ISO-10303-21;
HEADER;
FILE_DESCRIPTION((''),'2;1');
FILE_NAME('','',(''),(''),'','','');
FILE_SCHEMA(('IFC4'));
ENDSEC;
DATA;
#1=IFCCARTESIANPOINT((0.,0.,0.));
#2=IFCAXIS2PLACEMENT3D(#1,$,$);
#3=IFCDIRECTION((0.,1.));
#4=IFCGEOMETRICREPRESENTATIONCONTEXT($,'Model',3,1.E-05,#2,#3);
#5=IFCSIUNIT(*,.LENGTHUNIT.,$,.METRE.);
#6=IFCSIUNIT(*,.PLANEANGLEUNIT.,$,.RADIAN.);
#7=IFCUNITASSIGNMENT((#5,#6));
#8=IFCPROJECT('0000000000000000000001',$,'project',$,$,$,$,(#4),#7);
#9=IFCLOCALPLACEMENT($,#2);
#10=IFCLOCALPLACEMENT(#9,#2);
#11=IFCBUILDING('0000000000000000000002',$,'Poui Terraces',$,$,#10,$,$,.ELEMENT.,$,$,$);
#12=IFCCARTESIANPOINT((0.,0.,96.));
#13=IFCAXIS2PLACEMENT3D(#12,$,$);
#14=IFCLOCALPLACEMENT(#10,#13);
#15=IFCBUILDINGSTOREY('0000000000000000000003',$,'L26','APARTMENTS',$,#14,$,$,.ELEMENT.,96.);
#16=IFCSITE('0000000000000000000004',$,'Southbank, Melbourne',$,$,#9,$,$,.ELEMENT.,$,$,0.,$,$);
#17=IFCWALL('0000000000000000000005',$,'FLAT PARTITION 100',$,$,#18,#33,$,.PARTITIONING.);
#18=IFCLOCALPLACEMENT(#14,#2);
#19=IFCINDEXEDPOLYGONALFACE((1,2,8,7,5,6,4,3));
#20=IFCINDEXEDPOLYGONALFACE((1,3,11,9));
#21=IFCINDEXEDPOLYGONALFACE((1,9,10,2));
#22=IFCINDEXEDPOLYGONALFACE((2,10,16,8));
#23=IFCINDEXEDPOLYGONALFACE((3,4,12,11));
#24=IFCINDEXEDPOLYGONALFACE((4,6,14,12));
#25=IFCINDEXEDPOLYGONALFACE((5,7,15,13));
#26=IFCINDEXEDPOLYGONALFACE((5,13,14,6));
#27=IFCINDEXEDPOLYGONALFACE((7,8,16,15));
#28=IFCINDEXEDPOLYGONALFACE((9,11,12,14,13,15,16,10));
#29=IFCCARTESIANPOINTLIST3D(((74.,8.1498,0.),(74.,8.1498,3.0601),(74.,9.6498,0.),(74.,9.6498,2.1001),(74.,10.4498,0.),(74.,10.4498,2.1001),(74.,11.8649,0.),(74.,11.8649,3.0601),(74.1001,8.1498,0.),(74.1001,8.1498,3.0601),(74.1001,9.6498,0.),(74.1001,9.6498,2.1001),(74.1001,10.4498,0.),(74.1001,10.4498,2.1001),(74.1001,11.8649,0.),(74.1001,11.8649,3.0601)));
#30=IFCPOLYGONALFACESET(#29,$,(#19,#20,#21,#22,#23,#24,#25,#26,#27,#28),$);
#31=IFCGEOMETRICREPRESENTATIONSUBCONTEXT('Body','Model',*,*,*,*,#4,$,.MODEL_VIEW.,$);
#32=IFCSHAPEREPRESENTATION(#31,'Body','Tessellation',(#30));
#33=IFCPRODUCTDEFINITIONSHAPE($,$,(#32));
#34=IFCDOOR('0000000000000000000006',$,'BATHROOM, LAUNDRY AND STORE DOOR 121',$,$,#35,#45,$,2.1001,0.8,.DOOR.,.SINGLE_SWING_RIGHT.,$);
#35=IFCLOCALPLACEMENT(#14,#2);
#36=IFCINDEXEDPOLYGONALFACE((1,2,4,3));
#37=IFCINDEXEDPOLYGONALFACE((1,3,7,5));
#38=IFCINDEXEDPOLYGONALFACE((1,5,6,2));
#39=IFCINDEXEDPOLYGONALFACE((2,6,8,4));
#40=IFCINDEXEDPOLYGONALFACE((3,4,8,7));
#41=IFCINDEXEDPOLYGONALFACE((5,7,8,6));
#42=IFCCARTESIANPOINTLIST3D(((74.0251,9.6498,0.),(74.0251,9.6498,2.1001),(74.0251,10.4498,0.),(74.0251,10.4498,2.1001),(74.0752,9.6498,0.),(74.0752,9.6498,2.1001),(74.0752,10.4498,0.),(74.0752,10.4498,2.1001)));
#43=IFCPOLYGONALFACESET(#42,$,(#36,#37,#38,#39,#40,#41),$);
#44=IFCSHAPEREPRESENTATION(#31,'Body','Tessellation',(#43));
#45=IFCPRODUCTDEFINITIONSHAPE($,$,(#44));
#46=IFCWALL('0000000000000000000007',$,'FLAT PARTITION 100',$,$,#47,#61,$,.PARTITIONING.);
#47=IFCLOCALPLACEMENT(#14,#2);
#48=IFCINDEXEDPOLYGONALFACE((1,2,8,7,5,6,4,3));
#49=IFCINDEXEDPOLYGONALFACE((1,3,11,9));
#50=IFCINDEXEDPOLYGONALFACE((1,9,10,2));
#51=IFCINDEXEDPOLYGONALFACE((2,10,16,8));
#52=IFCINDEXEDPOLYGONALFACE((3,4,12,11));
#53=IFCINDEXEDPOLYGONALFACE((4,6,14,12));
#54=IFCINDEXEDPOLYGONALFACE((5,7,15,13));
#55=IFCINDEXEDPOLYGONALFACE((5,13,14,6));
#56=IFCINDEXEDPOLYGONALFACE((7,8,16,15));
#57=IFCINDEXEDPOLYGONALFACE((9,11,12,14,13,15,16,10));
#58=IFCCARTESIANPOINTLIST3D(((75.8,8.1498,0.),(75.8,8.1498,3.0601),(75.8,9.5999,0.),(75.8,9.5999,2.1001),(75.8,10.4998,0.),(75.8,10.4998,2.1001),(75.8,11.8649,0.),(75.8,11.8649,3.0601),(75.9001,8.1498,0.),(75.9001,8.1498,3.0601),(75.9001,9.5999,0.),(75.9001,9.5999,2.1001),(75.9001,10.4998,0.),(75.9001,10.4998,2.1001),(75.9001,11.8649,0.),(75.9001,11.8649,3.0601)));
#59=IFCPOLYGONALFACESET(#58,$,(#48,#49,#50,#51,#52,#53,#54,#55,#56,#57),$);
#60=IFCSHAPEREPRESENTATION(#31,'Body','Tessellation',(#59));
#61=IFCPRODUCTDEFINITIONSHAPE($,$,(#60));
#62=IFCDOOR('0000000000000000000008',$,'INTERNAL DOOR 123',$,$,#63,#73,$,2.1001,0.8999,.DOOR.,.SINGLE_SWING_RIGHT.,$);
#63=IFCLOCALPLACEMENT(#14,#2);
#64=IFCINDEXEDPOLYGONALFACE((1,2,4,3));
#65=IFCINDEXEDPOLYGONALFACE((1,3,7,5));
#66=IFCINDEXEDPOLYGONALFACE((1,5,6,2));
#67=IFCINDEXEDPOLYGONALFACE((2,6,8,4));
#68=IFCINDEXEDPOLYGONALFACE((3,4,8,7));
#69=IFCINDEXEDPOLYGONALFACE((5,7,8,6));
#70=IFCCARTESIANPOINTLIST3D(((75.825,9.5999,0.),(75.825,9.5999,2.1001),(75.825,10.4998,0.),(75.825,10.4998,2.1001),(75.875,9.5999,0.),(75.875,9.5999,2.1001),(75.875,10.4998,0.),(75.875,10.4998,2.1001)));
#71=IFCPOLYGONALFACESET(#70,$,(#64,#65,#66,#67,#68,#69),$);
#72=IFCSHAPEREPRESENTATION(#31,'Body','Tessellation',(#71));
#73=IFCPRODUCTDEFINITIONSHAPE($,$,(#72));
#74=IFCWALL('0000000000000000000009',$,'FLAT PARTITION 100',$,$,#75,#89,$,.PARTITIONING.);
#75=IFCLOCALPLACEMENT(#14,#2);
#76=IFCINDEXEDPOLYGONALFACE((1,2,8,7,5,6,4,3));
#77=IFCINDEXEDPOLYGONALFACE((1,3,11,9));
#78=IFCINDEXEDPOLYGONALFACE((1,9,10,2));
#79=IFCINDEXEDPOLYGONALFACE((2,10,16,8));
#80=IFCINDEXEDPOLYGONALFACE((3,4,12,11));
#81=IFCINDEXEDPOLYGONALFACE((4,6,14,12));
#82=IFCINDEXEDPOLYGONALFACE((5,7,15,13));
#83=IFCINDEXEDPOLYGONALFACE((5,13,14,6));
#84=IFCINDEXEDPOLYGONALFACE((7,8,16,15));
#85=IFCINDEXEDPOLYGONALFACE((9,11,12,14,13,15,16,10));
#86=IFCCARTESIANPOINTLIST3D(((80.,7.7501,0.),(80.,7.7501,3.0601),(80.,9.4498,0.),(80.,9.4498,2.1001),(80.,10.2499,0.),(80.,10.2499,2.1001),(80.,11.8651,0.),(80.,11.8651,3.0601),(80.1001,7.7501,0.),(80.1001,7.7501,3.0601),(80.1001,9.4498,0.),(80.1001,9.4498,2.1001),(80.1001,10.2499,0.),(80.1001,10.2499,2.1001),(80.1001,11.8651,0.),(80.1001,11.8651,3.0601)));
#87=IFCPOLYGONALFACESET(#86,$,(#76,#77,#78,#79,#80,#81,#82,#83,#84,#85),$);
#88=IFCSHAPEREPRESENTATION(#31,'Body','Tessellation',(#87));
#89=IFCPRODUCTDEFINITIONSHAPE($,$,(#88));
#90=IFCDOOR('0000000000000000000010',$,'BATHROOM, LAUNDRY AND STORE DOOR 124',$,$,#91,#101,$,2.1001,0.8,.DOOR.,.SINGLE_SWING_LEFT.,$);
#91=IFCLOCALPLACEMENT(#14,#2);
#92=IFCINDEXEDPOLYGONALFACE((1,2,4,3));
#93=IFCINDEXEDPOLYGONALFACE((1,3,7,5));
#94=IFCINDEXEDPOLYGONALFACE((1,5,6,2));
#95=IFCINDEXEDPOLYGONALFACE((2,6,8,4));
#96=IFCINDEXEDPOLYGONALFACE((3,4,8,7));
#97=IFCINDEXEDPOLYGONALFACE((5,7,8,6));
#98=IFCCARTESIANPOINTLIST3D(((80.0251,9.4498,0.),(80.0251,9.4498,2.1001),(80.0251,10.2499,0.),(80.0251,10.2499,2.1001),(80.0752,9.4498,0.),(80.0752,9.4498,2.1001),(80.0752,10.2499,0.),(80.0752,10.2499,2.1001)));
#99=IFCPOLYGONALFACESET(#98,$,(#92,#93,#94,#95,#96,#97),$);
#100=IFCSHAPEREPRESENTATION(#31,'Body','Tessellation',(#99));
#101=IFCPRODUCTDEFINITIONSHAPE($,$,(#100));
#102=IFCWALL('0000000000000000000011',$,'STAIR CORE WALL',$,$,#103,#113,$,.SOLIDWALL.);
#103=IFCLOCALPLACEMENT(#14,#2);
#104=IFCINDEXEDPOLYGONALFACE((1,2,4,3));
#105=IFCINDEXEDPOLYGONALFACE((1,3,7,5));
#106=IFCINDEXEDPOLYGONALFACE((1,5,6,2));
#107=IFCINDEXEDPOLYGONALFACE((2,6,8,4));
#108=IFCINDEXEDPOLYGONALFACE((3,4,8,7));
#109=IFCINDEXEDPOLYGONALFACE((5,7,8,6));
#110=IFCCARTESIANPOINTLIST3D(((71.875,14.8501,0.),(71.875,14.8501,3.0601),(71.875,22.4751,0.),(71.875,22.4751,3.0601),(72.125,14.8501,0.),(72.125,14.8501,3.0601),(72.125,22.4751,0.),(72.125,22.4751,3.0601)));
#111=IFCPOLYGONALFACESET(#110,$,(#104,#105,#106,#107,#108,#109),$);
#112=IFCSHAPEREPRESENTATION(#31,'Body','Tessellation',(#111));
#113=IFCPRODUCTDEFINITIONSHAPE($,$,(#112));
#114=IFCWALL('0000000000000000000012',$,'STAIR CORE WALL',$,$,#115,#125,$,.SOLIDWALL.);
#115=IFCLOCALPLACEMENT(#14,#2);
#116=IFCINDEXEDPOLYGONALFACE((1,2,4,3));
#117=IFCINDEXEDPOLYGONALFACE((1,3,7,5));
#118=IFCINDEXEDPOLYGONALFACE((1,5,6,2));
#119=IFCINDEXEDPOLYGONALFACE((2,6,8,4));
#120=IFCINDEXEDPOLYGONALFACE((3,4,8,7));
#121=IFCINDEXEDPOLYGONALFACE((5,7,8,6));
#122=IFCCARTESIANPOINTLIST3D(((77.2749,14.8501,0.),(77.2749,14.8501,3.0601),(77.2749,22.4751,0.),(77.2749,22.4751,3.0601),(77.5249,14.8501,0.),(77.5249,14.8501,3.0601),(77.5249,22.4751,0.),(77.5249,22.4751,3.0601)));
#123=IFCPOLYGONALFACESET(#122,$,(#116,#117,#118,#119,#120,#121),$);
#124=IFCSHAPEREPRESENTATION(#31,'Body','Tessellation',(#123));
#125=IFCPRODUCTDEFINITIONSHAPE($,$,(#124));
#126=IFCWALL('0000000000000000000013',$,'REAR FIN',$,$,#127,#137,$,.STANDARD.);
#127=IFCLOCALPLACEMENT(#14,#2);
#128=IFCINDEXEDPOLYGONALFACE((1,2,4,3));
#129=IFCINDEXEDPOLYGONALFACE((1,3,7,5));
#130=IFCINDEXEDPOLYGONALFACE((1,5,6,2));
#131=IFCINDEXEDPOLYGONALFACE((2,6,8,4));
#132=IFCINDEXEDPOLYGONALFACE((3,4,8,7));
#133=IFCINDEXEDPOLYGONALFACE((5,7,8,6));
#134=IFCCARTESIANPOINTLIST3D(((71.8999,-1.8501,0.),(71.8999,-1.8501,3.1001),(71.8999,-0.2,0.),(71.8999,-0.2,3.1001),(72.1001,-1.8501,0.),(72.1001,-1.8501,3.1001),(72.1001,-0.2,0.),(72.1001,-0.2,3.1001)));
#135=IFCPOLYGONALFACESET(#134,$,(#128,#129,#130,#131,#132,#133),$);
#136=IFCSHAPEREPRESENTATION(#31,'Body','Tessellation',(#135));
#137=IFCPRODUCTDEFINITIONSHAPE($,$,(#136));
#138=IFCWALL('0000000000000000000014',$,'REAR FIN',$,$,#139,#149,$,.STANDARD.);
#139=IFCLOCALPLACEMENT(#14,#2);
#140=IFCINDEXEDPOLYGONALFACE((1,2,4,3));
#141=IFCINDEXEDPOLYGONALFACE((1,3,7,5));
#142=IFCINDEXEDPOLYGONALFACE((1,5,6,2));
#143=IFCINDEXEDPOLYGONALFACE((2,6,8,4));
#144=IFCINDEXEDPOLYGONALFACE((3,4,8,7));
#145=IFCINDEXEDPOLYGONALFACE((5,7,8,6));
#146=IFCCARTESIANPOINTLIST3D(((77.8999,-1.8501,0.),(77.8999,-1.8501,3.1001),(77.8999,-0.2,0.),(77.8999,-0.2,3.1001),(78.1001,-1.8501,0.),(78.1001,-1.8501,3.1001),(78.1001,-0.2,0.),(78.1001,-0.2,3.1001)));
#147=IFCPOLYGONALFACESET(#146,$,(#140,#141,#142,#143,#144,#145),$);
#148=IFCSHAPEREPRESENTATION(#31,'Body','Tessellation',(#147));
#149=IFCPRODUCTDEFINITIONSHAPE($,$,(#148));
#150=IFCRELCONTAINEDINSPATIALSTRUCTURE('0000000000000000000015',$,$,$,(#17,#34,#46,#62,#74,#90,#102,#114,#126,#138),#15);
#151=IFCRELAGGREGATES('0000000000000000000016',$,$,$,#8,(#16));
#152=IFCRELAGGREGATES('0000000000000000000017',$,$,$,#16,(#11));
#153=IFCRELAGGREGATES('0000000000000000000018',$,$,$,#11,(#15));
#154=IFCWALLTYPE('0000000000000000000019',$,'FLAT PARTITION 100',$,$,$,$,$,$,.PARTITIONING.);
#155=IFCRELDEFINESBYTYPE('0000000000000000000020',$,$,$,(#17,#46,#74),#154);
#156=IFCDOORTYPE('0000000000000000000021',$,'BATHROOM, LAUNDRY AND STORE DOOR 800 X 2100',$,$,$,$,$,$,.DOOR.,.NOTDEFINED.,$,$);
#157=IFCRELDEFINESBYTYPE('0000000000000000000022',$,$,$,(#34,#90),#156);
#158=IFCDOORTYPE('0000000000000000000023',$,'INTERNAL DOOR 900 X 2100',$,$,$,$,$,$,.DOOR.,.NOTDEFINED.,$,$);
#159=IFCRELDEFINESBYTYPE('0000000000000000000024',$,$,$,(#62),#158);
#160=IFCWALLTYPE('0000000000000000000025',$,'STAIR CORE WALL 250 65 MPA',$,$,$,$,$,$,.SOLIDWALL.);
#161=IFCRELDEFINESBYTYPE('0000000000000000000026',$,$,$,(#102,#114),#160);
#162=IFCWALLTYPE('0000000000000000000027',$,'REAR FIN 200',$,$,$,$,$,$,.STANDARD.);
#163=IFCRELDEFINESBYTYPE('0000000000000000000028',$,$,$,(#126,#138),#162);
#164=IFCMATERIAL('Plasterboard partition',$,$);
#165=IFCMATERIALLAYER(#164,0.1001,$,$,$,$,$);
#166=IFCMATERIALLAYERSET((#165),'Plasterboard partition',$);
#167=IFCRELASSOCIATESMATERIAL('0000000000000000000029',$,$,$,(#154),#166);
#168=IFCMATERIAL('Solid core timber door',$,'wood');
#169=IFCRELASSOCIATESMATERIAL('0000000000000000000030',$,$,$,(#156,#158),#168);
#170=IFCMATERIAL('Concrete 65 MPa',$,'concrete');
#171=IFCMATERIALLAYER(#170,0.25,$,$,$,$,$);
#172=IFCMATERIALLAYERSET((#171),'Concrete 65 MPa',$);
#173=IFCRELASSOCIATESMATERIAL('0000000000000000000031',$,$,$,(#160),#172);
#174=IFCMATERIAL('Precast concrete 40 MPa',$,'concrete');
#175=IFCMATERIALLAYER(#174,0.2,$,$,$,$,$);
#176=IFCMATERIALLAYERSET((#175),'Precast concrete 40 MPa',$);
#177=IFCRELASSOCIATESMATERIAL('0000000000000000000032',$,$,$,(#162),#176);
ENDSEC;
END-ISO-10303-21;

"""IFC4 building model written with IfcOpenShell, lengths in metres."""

from ifc_helpers import new_model, si_unit, direction, frame, frame_2d, origin, place, context, subcontext, project, spatial, polyline, rectangle, outline, extrude, source, transform, mapped, material, layer, layer_set, type_object, element, fill, save


model = new_model("IFC4")

# Units and contexts
model_context = context("Model", 3, precision=1e-05, world=origin(), true_north=direction((0.0, 1.0)))
body_context = subcontext(model_context, "Body", "Model", "MODEL_VIEW")
ifc_project = project(units=[si_unit("LENGTHUNIT", "METRE"), si_unit("PLANEANGLEUNIT", "RADIAN")], contexts=[model_context])

# Site, building, storey
site_placement = place(None, origin())
site = spatial("IfcSite", under=ifc_project, at=site_placement, Name="Southbank, Melbourne", CompositionType="ELEMENT", RefElevation=0.0)
building_placement = place(site_placement, origin())
building = spatial("IfcBuilding", under=site, at=building_placement, Name="Poui Terraces", CompositionType="ELEMENT")
storey_placement = place(building_placement, frame((0.0, 0.0, 96.0)))
storey = spatial("IfcBuildingStorey", under=building, at=storey_placement, Name="L26", Description="APARTMENTS", CompositionType="ELEMENT", Elevation=96.0)

# Shared definitions
ifc_material_1 = material(Name="Concrete 65 MPa", Category="concrete")

# Shared definitions
ifc_material_2 = material(Name="Precast concrete 40 MPa", Category="concrete")

# Shared definitions
ifc_material_3 = material(Name="Plasterboard partition")
ifc_layer_1 = layer(ifc_material_3, 0.1001)
ifc_layer_set_1 = layer_set([ifc_layer_1], Name="Plasterboard partition")
wall_type_1 = type_object("IfcWallType", Name="FLAT PARTITION 100", PredefinedType="PARTITIONING", material=ifc_layer_set_1)

# Walls, openings, doors
wall_1_placement = place(storey_placement, frame((74.05, 8.1499, 0.0), z_axis=(0.0, 0.0, 1.0), x_axis=(0.0, 1.0, 0.0)))
wall_1 = element("IfcWall", 1, at=wall_1_placement, inside=storey, type_object=wall_type_1, Name="FLAT PARTITION 100", PredefinedType="PARTITIONING", context=body_context, shape_type="SweptSolid", body=[
    extrude(rectangle(XDim=3.7151, YDim=0.1001, at=frame_2d((1.8574, 0.0))), origin(), (0.0, 0.0, 1.0), 3.0601),
])
opening_1_placement = place(wall_1_placement, frame((1.5, 0.0, 0.0)))
opening_1 = element("IfcOpeningElement", 2, at=opening_1_placement, cuts=wall_1, PredefinedType="OPENING", context=body_context, shape_type="SweptSolid", body=[
    extrude(rectangle(XDim=0.8, YDim=2.1001, at=frame_2d((0.3999, 1.05))), frame((0.0, 0.0601, 0.0), z_axis=(0.0, -1.0, 0.0), x_axis=(1.0, 0.0, 0.0)), (0.0, 0.0, 1.0), 0.1201),
])
ifc_material_4 = material(Name="Solid core timber door", Category="wood")
door_type_1 = type_object("IfcDoorType", Name="BATHROOM, LAUNDRY AND STORE DOOR 800 X 2100", OperationType="NOTDEFINED", PredefinedType="DOOR", material=ifc_material_4)
door_1_placement = place(opening_1_placement, origin())
door_1 = element("IfcDoor", 3, at=door_1_placement, inside=storey, type_object=door_type_1, Name="BATHROOM, LAUNDRY AND STORE DOOR 121", OperationType="SINGLE_SWING_RIGHT", OverallHeight=2.1001, OverallWidth=0.8, PredefinedType="DOOR", context=body_context, shape_type="SweptSolid", body=[
    extrude(rectangle(XDim=0.8, YDim=2.1001, at=frame_2d((0.3999, 1.05))), frame((0.0, 0.0249, 0.0), z_axis=(0.0, -1.0, 0.0), x_axis=(1.0, 0.0, 0.0)), (0.0, 0.0, 1.0), 0.05),
])
fill(opening_1, door_1)
wall_2_placement = place(storey_placement, frame((75.8501, 8.1499, 0.0), z_axis=(0.0, 0.0, 1.0), x_axis=(0.0, 1.0, 0.0)))
wall_2 = element("IfcWall", 4, at=wall_2_placement, inside=storey, type_object=wall_type_1, Name="FLAT PARTITION 100", PredefinedType="PARTITIONING", context=body_context, shape_type="SweptSolid", body=[
    extrude(rectangle(XDim=3.7151, YDim=0.1001, at=frame_2d((1.8574, 0.0))), origin(), (0.0, 0.0, 1.0), 3.0601),
])
opening_2_placement = place(wall_2_placement, frame((1.45, 0.0, 0.0)))
opening_2 = element("IfcOpeningElement", 5, at=opening_2_placement, cuts=wall_2, PredefinedType="OPENING", context=body_context, shape_type="SweptSolid", body=[
    extrude(rectangle(XDim=0.8999, YDim=2.1001, at=frame_2d((0.45, 1.05))), frame((0.0, 0.0601, 0.0), z_axis=(0.0, -1.0, 0.0), x_axis=(1.0, 0.0, 0.0)), (0.0, 0.0, 1.0), 0.1201),
])
door_type_2 = type_object("IfcDoorType", Name="INTERNAL DOOR 900 X 2100", OperationType="NOTDEFINED", PredefinedType="DOOR", material=ifc_material_4)
door_2_placement = place(opening_2_placement, frame((0.8999, 0.0, 0.0), z_axis=(0.0, 0.0, 1.0), x_axis=(-1.0, 0.0, 0.0)))
door_2 = element("IfcDoor", 6, at=door_2_placement, inside=storey, type_object=door_type_2, Name="INTERNAL DOOR 123", OperationType="SINGLE_SWING_RIGHT", OverallHeight=2.1001, OverallWidth=0.8999, PredefinedType="DOOR", context=body_context, shape_type="SweptSolid", body=[
    extrude(rectangle(XDim=0.8999, YDim=2.1001, at=frame_2d((0.45, 1.05))), frame((0.0, 0.0249, 0.0), z_axis=(0.0, -1.0, 0.0), x_axis=(1.0, 0.0, 0.0)), (0.0, 0.0, 1.0), 0.05),
])
fill(opening_2, door_2)
wall_3_placement = place(storey_placement, frame((80.05, 7.75, 0.0), z_axis=(0.0, 0.0, 1.0), x_axis=(0.0, 1.0, 0.0)))
wall_3 = element("IfcWall", 7, at=wall_3_placement, inside=storey, type_object=wall_type_1, Name="FLAT PARTITION 100", PredefinedType="PARTITIONING", context=body_context, shape_type="SweptSolid", body=[
    extrude(rectangle(XDim=4.115, YDim=0.1001, at=frame_2d((2.0576, 0.0))), origin(), (0.0, 0.0, 1.0), 3.0601),
])
opening_3_placement = place(wall_3_placement, frame((1.7, 0.0, 0.0)))
opening_3 = element("IfcOpeningElement", 8, at=opening_3_placement, cuts=wall_3, PredefinedType="OPENING", context=body_context, shape_type="SweptSolid", body=[
    extrude(rectangle(XDim=0.8, YDim=2.1001, at=frame_2d((0.3999, 1.05))), frame((0.0, 0.0601, 0.0), z_axis=(0.0, -1.0, 0.0), x_axis=(1.0, 0.0, 0.0)), (0.0, 0.0, 1.0), 0.1201),
])
door_3_placement = place(opening_3_placement, origin())
door_3 = element("IfcDoor", 9, at=door_3_placement, inside=storey, type_object=door_type_1, Name="BATHROOM, LAUNDRY AND STORE DOOR 124", OperationType="SINGLE_SWING_LEFT", OverallHeight=2.1001, OverallWidth=0.8, PredefinedType="DOOR", context=body_context, shape_type="SweptSolid", body=[
    extrude(rectangle(XDim=0.8, YDim=2.1001, at=frame_2d((0.3999, 1.05))), frame((0.0, 0.0249, 0.0), z_axis=(0.0, -1.0, 0.0), x_axis=(1.0, 0.0, 0.0)), (0.0, 0.0, 1.0), 0.05),
])
fill(opening_3, door_3)

# Walls
ifc_layer_2 = layer(ifc_material_1, 0.25)
ifc_layer_set_2 = layer_set([ifc_layer_2], Name="Concrete 65 MPa")
wall_type_2 = type_object("IfcWallType", Name="STAIR CORE WALL 250 65 MPA", PredefinedType="SOLIDWALL", material=ifc_layer_set_2)
for number, where, z_axis, x_axis, name in (
    (10, (72.0, 14.8501, 0.0), (0.0, 0.0, 1.0), (0.0, 1.0, 0.0), "STAIR CORE WALL"),
    (11, (77.3999, 14.8501, 0.0), (0.0, 0.0, 1.0), (0.0, 1.0, 0.0), "STAIR CORE WALL"),
):
    element("IfcWall", number, at=place(storey_placement, frame(where, z_axis=z_axis, x_axis=x_axis)), inside=storey, type_object=wall_type_2, Name=name, PredefinedType="SOLIDWALL", context=body_context, shape_type="SweptSolid", body=[
        extrude(rectangle(XDim=7.625, YDim=0.25, at=frame_2d((3.8125, 0.0))), origin(), (0.0, 0.0, 1.0), 3.0601),
    ])
ifc_layer_3 = layer(ifc_material_2, 0.2)
ifc_layer_set_3 = layer_set([ifc_layer_3], Name="Precast concrete 40 MPa")
wall_type_3 = type_object("IfcWallType", Name="REAR FIN 200", PredefinedType="STANDARD", material=ifc_layer_set_3)
shared_shape_1 = source(origin(), body_context, "Body", "SweptSolid", [
    extrude(outline(polyline([(0.0, 0.0), (0.2002, 0.0), (0.2002, 1.6501), (0.0, 1.6501), (0.0, 0.0)])), origin(), (0.0, 0.0, 1.0), 3.1001),
])
for number, where, name in (
    (12, (71.8999, -1.8501, 0.0), "REAR FIN"),
    (13, (77.8999, -1.8501, 0.0), "REAR FIN"),
):
    element("IfcWall", number, at=place(storey_placement, frame(where)), inside=storey, type_object=wall_type_3, Name=name, PredefinedType="STANDARD", context=body_context, shape_type="MappedRepresentation", body=[
        mapped(shared_shape_1, transform((0.0, 0.0, 0.0))),
    ])

save(model, "model.ifc")
